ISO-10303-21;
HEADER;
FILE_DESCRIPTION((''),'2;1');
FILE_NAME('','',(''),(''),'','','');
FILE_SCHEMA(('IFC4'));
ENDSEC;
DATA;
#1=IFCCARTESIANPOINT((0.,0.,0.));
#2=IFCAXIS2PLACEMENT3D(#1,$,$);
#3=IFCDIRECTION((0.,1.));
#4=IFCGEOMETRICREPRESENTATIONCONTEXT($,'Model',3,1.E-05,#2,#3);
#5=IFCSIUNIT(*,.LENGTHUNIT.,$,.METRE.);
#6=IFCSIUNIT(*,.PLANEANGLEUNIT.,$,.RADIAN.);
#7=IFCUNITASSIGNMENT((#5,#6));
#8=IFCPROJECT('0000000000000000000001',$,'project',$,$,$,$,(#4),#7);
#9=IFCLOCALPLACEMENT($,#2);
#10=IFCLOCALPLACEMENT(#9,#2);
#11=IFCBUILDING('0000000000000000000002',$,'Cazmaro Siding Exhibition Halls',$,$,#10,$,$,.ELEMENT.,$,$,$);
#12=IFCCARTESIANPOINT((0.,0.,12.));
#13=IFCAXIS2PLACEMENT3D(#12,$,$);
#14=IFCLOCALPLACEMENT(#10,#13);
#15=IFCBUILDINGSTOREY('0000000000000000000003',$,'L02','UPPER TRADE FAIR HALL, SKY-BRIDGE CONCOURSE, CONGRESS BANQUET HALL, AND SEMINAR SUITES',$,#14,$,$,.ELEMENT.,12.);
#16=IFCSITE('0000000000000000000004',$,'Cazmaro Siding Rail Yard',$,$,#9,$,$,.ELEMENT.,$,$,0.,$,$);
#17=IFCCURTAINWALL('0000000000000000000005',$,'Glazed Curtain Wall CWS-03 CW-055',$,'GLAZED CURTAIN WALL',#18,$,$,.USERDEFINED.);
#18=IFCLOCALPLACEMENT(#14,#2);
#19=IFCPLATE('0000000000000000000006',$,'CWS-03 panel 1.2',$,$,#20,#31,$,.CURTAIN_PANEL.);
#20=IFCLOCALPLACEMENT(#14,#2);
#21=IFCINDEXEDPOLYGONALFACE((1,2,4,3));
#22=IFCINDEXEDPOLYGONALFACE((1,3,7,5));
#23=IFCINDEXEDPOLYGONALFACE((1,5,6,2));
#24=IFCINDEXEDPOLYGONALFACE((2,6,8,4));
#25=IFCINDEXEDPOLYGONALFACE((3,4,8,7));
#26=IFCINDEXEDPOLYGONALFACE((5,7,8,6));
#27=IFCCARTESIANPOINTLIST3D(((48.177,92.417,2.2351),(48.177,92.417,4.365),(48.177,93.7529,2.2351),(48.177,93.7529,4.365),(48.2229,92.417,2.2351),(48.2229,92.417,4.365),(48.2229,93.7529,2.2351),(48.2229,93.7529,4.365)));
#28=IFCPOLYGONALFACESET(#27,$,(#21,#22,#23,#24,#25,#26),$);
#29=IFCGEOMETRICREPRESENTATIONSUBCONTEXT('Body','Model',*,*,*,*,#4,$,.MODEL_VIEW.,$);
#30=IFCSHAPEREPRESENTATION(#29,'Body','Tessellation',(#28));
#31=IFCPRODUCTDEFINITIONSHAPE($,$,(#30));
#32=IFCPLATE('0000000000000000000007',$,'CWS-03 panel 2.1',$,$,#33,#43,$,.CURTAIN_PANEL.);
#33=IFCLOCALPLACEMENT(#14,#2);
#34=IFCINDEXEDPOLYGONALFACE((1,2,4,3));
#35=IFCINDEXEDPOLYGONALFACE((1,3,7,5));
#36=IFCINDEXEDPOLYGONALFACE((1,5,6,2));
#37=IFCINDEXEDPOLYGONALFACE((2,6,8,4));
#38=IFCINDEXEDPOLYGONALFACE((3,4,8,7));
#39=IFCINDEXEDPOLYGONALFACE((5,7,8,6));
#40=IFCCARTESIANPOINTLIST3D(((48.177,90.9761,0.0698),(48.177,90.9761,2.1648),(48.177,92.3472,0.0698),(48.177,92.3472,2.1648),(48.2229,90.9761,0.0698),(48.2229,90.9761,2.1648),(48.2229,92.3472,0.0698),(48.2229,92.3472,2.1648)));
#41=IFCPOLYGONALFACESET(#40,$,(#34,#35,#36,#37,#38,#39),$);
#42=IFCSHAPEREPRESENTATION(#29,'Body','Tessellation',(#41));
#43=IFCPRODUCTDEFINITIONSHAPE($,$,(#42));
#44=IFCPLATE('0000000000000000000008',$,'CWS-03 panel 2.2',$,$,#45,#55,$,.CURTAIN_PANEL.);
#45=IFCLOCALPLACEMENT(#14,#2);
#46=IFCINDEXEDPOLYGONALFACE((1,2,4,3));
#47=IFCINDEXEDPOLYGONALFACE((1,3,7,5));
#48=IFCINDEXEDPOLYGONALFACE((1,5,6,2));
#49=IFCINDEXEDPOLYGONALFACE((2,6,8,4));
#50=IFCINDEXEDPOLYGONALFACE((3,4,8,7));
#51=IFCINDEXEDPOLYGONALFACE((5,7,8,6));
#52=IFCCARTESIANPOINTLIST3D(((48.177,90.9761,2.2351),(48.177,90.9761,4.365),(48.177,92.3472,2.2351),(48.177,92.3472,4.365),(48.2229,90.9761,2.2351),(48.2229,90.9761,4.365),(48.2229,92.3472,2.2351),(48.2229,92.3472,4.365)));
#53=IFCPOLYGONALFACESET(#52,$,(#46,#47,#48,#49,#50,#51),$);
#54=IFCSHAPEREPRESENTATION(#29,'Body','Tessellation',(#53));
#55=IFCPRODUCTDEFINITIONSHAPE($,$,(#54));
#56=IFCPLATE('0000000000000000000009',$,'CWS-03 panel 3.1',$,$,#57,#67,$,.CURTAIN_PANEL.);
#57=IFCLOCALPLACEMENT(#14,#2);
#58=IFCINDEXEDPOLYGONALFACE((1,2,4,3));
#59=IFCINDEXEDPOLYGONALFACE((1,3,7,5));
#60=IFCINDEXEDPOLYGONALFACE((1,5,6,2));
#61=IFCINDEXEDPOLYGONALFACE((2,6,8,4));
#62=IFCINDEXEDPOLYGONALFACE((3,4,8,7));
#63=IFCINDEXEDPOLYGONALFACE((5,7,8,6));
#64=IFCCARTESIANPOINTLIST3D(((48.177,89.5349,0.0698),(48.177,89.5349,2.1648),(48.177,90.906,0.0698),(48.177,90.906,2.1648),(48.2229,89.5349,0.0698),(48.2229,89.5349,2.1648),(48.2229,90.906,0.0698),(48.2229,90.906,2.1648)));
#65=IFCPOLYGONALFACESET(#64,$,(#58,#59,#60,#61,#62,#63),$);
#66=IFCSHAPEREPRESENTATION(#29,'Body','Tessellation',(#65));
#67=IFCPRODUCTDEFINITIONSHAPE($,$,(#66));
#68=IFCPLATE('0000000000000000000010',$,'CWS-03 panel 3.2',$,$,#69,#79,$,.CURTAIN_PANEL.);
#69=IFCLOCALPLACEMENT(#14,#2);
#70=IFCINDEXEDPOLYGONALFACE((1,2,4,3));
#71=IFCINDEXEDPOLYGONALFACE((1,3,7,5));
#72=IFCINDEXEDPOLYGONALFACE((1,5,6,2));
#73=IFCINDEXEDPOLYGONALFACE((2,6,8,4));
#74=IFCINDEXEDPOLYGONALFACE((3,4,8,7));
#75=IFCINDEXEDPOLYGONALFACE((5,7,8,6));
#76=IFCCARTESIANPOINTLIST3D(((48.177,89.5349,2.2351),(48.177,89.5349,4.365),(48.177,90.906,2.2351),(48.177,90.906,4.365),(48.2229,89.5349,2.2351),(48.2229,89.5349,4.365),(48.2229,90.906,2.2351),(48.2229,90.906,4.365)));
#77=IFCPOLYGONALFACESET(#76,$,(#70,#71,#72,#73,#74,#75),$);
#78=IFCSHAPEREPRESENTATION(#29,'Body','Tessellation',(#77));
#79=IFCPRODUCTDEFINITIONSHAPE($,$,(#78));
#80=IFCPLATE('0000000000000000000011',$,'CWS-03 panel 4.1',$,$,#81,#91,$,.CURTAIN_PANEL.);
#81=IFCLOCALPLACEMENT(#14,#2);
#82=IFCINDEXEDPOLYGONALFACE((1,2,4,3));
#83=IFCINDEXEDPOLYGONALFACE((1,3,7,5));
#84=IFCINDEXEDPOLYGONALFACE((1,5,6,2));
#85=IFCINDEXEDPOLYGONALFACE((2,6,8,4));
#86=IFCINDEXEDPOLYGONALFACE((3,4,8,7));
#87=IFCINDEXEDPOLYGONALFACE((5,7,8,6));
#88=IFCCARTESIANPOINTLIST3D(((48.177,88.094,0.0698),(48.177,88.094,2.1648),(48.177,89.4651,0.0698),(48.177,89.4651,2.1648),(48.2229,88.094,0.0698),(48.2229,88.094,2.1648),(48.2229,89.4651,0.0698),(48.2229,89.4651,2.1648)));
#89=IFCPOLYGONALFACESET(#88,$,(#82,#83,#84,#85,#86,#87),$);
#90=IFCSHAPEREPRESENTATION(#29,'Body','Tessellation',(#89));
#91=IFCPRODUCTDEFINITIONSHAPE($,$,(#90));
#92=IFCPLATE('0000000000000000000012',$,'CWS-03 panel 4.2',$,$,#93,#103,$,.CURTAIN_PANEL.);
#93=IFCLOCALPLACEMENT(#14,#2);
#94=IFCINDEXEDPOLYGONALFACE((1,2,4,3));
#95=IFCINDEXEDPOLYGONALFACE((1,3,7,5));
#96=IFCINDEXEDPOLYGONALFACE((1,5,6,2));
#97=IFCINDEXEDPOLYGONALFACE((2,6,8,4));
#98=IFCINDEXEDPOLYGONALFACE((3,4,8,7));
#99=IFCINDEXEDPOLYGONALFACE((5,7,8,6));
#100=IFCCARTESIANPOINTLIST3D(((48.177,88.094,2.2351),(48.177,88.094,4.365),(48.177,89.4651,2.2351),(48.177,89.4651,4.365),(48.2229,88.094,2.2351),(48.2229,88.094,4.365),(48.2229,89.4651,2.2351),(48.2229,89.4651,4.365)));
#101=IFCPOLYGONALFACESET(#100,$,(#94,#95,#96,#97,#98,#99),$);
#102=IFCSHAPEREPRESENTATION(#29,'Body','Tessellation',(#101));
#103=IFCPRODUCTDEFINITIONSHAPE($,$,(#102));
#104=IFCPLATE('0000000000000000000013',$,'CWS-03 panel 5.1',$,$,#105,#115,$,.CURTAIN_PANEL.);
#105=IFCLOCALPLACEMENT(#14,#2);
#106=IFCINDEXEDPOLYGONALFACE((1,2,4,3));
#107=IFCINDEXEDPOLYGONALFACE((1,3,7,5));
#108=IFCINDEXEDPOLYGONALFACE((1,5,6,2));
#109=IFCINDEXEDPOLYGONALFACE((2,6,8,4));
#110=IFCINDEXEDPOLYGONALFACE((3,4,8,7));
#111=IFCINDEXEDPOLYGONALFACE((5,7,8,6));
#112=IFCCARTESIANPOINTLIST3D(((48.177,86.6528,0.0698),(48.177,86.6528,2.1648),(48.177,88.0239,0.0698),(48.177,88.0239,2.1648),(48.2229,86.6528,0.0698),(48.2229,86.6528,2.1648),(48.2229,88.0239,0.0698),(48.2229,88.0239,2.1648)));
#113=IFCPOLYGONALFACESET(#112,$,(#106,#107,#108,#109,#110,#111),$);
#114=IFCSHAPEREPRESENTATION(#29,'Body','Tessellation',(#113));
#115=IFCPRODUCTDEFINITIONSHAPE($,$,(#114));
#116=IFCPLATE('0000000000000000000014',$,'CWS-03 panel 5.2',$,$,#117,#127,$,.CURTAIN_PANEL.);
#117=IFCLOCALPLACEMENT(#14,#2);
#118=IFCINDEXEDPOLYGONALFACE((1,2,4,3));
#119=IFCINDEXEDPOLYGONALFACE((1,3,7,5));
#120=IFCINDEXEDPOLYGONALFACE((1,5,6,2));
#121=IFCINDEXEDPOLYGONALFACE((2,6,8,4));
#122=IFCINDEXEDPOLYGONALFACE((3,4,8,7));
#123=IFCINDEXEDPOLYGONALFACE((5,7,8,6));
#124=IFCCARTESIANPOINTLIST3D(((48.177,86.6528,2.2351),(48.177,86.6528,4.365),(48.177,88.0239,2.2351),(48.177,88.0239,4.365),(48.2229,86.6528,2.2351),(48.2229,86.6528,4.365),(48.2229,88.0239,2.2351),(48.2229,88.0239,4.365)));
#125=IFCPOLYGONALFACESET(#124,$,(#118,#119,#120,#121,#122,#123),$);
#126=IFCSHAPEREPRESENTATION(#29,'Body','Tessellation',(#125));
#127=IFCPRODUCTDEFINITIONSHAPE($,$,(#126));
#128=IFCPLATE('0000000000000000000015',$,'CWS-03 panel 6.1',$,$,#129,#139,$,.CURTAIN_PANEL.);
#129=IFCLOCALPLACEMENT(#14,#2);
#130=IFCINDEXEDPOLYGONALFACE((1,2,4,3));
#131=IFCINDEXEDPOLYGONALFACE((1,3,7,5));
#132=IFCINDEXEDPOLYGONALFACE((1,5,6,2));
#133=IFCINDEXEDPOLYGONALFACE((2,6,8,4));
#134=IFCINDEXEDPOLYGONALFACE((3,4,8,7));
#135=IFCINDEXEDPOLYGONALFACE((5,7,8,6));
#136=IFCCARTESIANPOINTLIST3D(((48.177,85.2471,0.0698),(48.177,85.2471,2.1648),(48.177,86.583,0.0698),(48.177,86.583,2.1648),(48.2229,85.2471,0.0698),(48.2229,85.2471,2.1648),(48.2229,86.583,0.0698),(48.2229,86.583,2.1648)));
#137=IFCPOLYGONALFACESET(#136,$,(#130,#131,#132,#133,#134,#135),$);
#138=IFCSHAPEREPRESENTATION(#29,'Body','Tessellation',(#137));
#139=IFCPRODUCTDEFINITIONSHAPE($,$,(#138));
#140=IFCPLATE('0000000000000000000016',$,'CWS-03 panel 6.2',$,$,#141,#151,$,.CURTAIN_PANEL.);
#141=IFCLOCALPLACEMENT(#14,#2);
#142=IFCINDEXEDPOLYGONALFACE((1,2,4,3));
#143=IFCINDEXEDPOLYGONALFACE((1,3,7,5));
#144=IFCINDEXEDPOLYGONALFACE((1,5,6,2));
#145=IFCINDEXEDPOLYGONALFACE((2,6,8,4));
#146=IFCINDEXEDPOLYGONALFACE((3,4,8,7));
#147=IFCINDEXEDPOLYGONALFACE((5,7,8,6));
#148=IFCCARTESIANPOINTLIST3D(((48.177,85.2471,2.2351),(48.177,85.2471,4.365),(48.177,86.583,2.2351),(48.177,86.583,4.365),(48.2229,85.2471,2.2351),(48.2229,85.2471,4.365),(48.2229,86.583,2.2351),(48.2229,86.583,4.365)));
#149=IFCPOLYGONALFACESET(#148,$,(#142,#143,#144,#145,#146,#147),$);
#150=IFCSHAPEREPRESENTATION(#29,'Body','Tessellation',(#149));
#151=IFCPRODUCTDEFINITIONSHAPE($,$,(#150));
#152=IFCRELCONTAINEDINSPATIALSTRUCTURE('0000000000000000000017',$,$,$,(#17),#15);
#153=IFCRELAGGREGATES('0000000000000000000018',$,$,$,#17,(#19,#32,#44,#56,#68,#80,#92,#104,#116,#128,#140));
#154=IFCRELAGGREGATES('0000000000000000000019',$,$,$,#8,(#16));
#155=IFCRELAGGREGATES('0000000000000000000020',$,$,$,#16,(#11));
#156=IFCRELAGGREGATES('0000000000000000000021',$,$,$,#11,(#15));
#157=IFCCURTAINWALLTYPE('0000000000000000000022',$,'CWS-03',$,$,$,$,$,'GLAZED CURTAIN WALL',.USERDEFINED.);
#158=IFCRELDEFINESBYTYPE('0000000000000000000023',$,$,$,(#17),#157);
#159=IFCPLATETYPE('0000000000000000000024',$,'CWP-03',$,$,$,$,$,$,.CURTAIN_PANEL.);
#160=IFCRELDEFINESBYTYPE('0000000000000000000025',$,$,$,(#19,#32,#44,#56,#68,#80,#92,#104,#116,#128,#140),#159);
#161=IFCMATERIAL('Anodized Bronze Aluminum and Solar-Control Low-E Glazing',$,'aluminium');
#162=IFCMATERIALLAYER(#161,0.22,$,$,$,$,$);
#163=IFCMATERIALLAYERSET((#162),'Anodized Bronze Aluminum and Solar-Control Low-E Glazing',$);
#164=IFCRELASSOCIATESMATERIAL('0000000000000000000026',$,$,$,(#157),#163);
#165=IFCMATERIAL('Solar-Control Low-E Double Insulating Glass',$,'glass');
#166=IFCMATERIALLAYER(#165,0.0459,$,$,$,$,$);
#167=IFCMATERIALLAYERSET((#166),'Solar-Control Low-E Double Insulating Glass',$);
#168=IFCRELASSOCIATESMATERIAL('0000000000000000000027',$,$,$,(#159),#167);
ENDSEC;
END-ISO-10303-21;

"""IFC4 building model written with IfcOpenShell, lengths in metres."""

from ifc_helpers import new_model, si_unit, direction, frame, origin, origin_2d, place, context, subcontext, project, spatial, rectangle, extrude, material, layer, layer_set, type_object, element, aggregate, save


model = new_model("IFC4")

# Units and contexts
model_context = context("Model", 3, precision=1e-05, world=origin(), true_north=direction((0.0, 1.0)))
body_context = subcontext(model_context, "Body", "Model", "MODEL_VIEW")
ifc_project = project(units=[si_unit("LENGTHUNIT", "METRE"), si_unit("PLANEANGLEUNIT", "RADIAN")], contexts=[model_context])

# Site, building, storey
site_placement = place(None, origin())
site = spatial("IfcSite", under=ifc_project, at=site_placement, Name="Cazmaro Siding Rail Yard", CompositionType="ELEMENT", RefElevation=0.0)
building_placement = place(site_placement, origin())
building = spatial("IfcBuilding", under=site, at=building_placement, Name="Cazmaro Siding Exhibition Halls", CompositionType="ELEMENT")
storey_placement = place(building_placement, frame((0.0, 0.0, 12.0)))
storey = spatial("IfcBuildingStorey", under=building, at=storey_placement, Name="L02", Description="UPPER TRADE FAIR HALL, SKY-BRIDGE CONCOURSE, CONGRESS BANQUET HALL, AND SEMINAR SUITES", CompositionType="ELEMENT", Elevation=12.0)

# Shared definitions
ifc_material_1 = material(Name="Anodized Bronze Aluminum and Solar-Control Low-E Glazing", Category="aluminium")
ifc_layer_1 = layer(ifc_material_1, 0.22)
ifc_layer_set_1 = layer_set([ifc_layer_1], Name="Anodized Bronze Aluminum and Solar-Control Low-E Glazing")
curtain_wall_type = type_object("IfcCurtainWallType", Name="CWS-03", ElementType="GLAZED CURTAIN WALL", PredefinedType="USERDEFINED", material=ifc_layer_set_1)

# Curtain wall, plates
curtain_wall_1_placement = place(storey_placement, origin())
curtain_wall_1 = element("IfcCurtainWall", 1, at=curtain_wall_1_placement, inside=storey, type_object=curtain_wall_type, Name="Glazed Curtain Wall CWS-03 CW-055", ObjectType="GLAZED CURTAIN WALL", PredefinedType="USERDEFINED")
ifc_material_2 = material(Name="Solar-Control Low-E Double Insulating Glass", Category="glass")
ifc_layer_2 = layer(ifc_material_2, 0.0459)
ifc_layer_set_2 = layer_set([ifc_layer_2], Name="Solar-Control Low-E Double Insulating Glass")
plate_type = type_object("IfcPlateType", Name="CWP-03", PredefinedType="CURTAIN_PANEL", material=ifc_layer_set_2)
plate_1_placement = place(storey_placement, frame((48.2, 93.085, 2.2351), z_axis=(0.0, 0.0, 1.0), x_axis=(0.0, -1.0, 0.0)))
plate_1 = element("IfcPlate", 2, at=plate_1_placement, type_object=plate_type, Name="CWS-03 panel 1.2", PredefinedType="CURTAIN_PANEL", context=body_context, shape_type="SweptSolid", body=[
    extrude(rectangle(XDim=1.3359, YDim=0.0459, at=origin_2d()), origin(), (0.0, 0.0, 1.0), 2.1299),
])
plate_2_placement = place(storey_placement, frame((48.2, 91.6616, 0.0698), z_axis=(0.0, 0.0, 1.0), x_axis=(0.0, -1.0, 0.0)))
plate_2 = element("IfcPlate", 3, at=plate_2_placement, type_object=plate_type, Name="CWS-03 panel 2.1", PredefinedType="CURTAIN_PANEL", context=body_context, shape_type="SweptSolid", body=[
    extrude(rectangle(XDim=1.3711, YDim=0.0459, at=origin_2d()), origin(), (0.0, 0.0, 1.0), 2.095),
])
plate_3_placement = place(storey_placement, frame((48.2, 91.6616, 2.2351), z_axis=(0.0, 0.0, 1.0), x_axis=(0.0, -1.0, 0.0)))
plate_3 = element("IfcPlate", 4, at=plate_3_placement, type_object=plate_type, Name="CWS-03 panel 2.2", PredefinedType="CURTAIN_PANEL", context=body_context, shape_type="SweptSolid", body=[
    extrude(rectangle(XDim=1.3711, YDim=0.0459, at=origin_2d()), origin(), (0.0, 0.0, 1.0), 2.1299),
])
plate_4_placement = place(storey_placement, frame((48.2, 90.2205, 0.0698), z_axis=(0.0, 0.0, 1.0), x_axis=(0.0, -1.0, 0.0)))
plate_4 = element("IfcPlate", 5, at=plate_4_placement, type_object=plate_type, Name="CWS-03 panel 3.1", PredefinedType="CURTAIN_PANEL", context=body_context, shape_type="SweptSolid", body=[
    extrude(rectangle(XDim=1.3711, YDim=0.0459, at=origin_2d()), origin(), (0.0, 0.0, 1.0), 2.095),
])
plate_5_placement = place(storey_placement, frame((48.2, 90.2205, 2.2351), z_axis=(0.0, 0.0, 1.0), x_axis=(0.0, -1.0, 0.0)))
plate_5 = element("IfcPlate", 6, at=plate_5_placement, type_object=plate_type, Name="CWS-03 panel 3.2", PredefinedType="CURTAIN_PANEL", context=body_context, shape_type="SweptSolid", body=[
    extrude(rectangle(XDim=1.3711, YDim=0.0459, at=origin_2d()), origin(), (0.0, 0.0, 1.0), 2.1299),
])
plate_6_placement = place(storey_placement, frame((48.2, 88.7795, 0.0698), z_axis=(0.0, 0.0, 1.0), x_axis=(0.0, -1.0, 0.0)))
plate_6 = element("IfcPlate", 7, at=plate_6_placement, type_object=plate_type, Name="CWS-03 panel 4.1", PredefinedType="CURTAIN_PANEL", context=body_context, shape_type="SweptSolid", body=[
    extrude(rectangle(XDim=1.3711, YDim=0.0459, at=origin_2d()), origin(), (0.0, 0.0, 1.0), 2.095),
])
plate_7_placement = place(storey_placement, frame((48.2, 88.7795, 2.2351), z_axis=(0.0, 0.0, 1.0), x_axis=(0.0, -1.0, 0.0)))
plate_7 = element("IfcPlate", 8, at=plate_7_placement, type_object=plate_type, Name="CWS-03 panel 4.2", PredefinedType="CURTAIN_PANEL", context=body_context, shape_type="SweptSolid", body=[
    extrude(rectangle(XDim=1.3711, YDim=0.0459, at=origin_2d()), origin(), (0.0, 0.0, 1.0), 2.1299),
])
plate_8_placement = place(storey_placement, frame((48.2, 87.3384, 0.0698), z_axis=(0.0, 0.0, 1.0), x_axis=(0.0, -1.0, 0.0)))
plate_8 = element("IfcPlate", 9, at=plate_8_placement, type_object=plate_type, Name="CWS-03 panel 5.1", PredefinedType="CURTAIN_PANEL", context=body_context, shape_type="SweptSolid", body=[
    extrude(rectangle(XDim=1.3711, YDim=0.0459, at=origin_2d()), origin(), (0.0, 0.0, 1.0), 2.095),
])
plate_9_placement = place(storey_placement, frame((48.2, 87.3384, 2.2351), z_axis=(0.0, 0.0, 1.0), x_axis=(0.0, -1.0, 0.0)))
plate_9 = element("IfcPlate", 10, at=plate_9_placement, type_object=plate_type, Name="CWS-03 panel 5.2", PredefinedType="CURTAIN_PANEL", context=body_context, shape_type="SweptSolid", body=[
    extrude(rectangle(XDim=1.3711, YDim=0.0459, at=origin_2d()), origin(), (0.0, 0.0, 1.0), 2.1299),
])
plate_10_placement = place(storey_placement, frame((48.2, 85.915, 0.0698), z_axis=(0.0, 0.0, 1.0), x_axis=(0.0, -1.0, 0.0)))
plate_10 = element("IfcPlate", 11, at=plate_10_placement, type_object=plate_type, Name="CWS-03 panel 6.1", PredefinedType="CURTAIN_PANEL", context=body_context, shape_type="SweptSolid", body=[
    extrude(rectangle(XDim=1.3359, YDim=0.0459, at=origin_2d()), origin(), (0.0, 0.0, 1.0), 2.095),
])
plate_11_placement = place(storey_placement, frame((48.2, 85.915, 2.2351), z_axis=(0.0, 0.0, 1.0), x_axis=(0.0, -1.0, 0.0)))
plate_11 = element("IfcPlate", 12, at=plate_11_placement, type_object=plate_type, Name="CWS-03 panel 6.2", PredefinedType="CURTAIN_PANEL", context=body_context, shape_type="SweptSolid", body=[
    extrude(rectangle(XDim=1.3359, YDim=0.0459, at=origin_2d()), origin(), (0.0, 0.0, 1.0), 2.1299),
])
aggregate(curtain_wall_1, [plate_1, plate_2, plate_3, plate_4, plate_5, plate_6, plate_7, plate_8, plate_9, plate_10, plate_11])

save(model, "model.ifc")
